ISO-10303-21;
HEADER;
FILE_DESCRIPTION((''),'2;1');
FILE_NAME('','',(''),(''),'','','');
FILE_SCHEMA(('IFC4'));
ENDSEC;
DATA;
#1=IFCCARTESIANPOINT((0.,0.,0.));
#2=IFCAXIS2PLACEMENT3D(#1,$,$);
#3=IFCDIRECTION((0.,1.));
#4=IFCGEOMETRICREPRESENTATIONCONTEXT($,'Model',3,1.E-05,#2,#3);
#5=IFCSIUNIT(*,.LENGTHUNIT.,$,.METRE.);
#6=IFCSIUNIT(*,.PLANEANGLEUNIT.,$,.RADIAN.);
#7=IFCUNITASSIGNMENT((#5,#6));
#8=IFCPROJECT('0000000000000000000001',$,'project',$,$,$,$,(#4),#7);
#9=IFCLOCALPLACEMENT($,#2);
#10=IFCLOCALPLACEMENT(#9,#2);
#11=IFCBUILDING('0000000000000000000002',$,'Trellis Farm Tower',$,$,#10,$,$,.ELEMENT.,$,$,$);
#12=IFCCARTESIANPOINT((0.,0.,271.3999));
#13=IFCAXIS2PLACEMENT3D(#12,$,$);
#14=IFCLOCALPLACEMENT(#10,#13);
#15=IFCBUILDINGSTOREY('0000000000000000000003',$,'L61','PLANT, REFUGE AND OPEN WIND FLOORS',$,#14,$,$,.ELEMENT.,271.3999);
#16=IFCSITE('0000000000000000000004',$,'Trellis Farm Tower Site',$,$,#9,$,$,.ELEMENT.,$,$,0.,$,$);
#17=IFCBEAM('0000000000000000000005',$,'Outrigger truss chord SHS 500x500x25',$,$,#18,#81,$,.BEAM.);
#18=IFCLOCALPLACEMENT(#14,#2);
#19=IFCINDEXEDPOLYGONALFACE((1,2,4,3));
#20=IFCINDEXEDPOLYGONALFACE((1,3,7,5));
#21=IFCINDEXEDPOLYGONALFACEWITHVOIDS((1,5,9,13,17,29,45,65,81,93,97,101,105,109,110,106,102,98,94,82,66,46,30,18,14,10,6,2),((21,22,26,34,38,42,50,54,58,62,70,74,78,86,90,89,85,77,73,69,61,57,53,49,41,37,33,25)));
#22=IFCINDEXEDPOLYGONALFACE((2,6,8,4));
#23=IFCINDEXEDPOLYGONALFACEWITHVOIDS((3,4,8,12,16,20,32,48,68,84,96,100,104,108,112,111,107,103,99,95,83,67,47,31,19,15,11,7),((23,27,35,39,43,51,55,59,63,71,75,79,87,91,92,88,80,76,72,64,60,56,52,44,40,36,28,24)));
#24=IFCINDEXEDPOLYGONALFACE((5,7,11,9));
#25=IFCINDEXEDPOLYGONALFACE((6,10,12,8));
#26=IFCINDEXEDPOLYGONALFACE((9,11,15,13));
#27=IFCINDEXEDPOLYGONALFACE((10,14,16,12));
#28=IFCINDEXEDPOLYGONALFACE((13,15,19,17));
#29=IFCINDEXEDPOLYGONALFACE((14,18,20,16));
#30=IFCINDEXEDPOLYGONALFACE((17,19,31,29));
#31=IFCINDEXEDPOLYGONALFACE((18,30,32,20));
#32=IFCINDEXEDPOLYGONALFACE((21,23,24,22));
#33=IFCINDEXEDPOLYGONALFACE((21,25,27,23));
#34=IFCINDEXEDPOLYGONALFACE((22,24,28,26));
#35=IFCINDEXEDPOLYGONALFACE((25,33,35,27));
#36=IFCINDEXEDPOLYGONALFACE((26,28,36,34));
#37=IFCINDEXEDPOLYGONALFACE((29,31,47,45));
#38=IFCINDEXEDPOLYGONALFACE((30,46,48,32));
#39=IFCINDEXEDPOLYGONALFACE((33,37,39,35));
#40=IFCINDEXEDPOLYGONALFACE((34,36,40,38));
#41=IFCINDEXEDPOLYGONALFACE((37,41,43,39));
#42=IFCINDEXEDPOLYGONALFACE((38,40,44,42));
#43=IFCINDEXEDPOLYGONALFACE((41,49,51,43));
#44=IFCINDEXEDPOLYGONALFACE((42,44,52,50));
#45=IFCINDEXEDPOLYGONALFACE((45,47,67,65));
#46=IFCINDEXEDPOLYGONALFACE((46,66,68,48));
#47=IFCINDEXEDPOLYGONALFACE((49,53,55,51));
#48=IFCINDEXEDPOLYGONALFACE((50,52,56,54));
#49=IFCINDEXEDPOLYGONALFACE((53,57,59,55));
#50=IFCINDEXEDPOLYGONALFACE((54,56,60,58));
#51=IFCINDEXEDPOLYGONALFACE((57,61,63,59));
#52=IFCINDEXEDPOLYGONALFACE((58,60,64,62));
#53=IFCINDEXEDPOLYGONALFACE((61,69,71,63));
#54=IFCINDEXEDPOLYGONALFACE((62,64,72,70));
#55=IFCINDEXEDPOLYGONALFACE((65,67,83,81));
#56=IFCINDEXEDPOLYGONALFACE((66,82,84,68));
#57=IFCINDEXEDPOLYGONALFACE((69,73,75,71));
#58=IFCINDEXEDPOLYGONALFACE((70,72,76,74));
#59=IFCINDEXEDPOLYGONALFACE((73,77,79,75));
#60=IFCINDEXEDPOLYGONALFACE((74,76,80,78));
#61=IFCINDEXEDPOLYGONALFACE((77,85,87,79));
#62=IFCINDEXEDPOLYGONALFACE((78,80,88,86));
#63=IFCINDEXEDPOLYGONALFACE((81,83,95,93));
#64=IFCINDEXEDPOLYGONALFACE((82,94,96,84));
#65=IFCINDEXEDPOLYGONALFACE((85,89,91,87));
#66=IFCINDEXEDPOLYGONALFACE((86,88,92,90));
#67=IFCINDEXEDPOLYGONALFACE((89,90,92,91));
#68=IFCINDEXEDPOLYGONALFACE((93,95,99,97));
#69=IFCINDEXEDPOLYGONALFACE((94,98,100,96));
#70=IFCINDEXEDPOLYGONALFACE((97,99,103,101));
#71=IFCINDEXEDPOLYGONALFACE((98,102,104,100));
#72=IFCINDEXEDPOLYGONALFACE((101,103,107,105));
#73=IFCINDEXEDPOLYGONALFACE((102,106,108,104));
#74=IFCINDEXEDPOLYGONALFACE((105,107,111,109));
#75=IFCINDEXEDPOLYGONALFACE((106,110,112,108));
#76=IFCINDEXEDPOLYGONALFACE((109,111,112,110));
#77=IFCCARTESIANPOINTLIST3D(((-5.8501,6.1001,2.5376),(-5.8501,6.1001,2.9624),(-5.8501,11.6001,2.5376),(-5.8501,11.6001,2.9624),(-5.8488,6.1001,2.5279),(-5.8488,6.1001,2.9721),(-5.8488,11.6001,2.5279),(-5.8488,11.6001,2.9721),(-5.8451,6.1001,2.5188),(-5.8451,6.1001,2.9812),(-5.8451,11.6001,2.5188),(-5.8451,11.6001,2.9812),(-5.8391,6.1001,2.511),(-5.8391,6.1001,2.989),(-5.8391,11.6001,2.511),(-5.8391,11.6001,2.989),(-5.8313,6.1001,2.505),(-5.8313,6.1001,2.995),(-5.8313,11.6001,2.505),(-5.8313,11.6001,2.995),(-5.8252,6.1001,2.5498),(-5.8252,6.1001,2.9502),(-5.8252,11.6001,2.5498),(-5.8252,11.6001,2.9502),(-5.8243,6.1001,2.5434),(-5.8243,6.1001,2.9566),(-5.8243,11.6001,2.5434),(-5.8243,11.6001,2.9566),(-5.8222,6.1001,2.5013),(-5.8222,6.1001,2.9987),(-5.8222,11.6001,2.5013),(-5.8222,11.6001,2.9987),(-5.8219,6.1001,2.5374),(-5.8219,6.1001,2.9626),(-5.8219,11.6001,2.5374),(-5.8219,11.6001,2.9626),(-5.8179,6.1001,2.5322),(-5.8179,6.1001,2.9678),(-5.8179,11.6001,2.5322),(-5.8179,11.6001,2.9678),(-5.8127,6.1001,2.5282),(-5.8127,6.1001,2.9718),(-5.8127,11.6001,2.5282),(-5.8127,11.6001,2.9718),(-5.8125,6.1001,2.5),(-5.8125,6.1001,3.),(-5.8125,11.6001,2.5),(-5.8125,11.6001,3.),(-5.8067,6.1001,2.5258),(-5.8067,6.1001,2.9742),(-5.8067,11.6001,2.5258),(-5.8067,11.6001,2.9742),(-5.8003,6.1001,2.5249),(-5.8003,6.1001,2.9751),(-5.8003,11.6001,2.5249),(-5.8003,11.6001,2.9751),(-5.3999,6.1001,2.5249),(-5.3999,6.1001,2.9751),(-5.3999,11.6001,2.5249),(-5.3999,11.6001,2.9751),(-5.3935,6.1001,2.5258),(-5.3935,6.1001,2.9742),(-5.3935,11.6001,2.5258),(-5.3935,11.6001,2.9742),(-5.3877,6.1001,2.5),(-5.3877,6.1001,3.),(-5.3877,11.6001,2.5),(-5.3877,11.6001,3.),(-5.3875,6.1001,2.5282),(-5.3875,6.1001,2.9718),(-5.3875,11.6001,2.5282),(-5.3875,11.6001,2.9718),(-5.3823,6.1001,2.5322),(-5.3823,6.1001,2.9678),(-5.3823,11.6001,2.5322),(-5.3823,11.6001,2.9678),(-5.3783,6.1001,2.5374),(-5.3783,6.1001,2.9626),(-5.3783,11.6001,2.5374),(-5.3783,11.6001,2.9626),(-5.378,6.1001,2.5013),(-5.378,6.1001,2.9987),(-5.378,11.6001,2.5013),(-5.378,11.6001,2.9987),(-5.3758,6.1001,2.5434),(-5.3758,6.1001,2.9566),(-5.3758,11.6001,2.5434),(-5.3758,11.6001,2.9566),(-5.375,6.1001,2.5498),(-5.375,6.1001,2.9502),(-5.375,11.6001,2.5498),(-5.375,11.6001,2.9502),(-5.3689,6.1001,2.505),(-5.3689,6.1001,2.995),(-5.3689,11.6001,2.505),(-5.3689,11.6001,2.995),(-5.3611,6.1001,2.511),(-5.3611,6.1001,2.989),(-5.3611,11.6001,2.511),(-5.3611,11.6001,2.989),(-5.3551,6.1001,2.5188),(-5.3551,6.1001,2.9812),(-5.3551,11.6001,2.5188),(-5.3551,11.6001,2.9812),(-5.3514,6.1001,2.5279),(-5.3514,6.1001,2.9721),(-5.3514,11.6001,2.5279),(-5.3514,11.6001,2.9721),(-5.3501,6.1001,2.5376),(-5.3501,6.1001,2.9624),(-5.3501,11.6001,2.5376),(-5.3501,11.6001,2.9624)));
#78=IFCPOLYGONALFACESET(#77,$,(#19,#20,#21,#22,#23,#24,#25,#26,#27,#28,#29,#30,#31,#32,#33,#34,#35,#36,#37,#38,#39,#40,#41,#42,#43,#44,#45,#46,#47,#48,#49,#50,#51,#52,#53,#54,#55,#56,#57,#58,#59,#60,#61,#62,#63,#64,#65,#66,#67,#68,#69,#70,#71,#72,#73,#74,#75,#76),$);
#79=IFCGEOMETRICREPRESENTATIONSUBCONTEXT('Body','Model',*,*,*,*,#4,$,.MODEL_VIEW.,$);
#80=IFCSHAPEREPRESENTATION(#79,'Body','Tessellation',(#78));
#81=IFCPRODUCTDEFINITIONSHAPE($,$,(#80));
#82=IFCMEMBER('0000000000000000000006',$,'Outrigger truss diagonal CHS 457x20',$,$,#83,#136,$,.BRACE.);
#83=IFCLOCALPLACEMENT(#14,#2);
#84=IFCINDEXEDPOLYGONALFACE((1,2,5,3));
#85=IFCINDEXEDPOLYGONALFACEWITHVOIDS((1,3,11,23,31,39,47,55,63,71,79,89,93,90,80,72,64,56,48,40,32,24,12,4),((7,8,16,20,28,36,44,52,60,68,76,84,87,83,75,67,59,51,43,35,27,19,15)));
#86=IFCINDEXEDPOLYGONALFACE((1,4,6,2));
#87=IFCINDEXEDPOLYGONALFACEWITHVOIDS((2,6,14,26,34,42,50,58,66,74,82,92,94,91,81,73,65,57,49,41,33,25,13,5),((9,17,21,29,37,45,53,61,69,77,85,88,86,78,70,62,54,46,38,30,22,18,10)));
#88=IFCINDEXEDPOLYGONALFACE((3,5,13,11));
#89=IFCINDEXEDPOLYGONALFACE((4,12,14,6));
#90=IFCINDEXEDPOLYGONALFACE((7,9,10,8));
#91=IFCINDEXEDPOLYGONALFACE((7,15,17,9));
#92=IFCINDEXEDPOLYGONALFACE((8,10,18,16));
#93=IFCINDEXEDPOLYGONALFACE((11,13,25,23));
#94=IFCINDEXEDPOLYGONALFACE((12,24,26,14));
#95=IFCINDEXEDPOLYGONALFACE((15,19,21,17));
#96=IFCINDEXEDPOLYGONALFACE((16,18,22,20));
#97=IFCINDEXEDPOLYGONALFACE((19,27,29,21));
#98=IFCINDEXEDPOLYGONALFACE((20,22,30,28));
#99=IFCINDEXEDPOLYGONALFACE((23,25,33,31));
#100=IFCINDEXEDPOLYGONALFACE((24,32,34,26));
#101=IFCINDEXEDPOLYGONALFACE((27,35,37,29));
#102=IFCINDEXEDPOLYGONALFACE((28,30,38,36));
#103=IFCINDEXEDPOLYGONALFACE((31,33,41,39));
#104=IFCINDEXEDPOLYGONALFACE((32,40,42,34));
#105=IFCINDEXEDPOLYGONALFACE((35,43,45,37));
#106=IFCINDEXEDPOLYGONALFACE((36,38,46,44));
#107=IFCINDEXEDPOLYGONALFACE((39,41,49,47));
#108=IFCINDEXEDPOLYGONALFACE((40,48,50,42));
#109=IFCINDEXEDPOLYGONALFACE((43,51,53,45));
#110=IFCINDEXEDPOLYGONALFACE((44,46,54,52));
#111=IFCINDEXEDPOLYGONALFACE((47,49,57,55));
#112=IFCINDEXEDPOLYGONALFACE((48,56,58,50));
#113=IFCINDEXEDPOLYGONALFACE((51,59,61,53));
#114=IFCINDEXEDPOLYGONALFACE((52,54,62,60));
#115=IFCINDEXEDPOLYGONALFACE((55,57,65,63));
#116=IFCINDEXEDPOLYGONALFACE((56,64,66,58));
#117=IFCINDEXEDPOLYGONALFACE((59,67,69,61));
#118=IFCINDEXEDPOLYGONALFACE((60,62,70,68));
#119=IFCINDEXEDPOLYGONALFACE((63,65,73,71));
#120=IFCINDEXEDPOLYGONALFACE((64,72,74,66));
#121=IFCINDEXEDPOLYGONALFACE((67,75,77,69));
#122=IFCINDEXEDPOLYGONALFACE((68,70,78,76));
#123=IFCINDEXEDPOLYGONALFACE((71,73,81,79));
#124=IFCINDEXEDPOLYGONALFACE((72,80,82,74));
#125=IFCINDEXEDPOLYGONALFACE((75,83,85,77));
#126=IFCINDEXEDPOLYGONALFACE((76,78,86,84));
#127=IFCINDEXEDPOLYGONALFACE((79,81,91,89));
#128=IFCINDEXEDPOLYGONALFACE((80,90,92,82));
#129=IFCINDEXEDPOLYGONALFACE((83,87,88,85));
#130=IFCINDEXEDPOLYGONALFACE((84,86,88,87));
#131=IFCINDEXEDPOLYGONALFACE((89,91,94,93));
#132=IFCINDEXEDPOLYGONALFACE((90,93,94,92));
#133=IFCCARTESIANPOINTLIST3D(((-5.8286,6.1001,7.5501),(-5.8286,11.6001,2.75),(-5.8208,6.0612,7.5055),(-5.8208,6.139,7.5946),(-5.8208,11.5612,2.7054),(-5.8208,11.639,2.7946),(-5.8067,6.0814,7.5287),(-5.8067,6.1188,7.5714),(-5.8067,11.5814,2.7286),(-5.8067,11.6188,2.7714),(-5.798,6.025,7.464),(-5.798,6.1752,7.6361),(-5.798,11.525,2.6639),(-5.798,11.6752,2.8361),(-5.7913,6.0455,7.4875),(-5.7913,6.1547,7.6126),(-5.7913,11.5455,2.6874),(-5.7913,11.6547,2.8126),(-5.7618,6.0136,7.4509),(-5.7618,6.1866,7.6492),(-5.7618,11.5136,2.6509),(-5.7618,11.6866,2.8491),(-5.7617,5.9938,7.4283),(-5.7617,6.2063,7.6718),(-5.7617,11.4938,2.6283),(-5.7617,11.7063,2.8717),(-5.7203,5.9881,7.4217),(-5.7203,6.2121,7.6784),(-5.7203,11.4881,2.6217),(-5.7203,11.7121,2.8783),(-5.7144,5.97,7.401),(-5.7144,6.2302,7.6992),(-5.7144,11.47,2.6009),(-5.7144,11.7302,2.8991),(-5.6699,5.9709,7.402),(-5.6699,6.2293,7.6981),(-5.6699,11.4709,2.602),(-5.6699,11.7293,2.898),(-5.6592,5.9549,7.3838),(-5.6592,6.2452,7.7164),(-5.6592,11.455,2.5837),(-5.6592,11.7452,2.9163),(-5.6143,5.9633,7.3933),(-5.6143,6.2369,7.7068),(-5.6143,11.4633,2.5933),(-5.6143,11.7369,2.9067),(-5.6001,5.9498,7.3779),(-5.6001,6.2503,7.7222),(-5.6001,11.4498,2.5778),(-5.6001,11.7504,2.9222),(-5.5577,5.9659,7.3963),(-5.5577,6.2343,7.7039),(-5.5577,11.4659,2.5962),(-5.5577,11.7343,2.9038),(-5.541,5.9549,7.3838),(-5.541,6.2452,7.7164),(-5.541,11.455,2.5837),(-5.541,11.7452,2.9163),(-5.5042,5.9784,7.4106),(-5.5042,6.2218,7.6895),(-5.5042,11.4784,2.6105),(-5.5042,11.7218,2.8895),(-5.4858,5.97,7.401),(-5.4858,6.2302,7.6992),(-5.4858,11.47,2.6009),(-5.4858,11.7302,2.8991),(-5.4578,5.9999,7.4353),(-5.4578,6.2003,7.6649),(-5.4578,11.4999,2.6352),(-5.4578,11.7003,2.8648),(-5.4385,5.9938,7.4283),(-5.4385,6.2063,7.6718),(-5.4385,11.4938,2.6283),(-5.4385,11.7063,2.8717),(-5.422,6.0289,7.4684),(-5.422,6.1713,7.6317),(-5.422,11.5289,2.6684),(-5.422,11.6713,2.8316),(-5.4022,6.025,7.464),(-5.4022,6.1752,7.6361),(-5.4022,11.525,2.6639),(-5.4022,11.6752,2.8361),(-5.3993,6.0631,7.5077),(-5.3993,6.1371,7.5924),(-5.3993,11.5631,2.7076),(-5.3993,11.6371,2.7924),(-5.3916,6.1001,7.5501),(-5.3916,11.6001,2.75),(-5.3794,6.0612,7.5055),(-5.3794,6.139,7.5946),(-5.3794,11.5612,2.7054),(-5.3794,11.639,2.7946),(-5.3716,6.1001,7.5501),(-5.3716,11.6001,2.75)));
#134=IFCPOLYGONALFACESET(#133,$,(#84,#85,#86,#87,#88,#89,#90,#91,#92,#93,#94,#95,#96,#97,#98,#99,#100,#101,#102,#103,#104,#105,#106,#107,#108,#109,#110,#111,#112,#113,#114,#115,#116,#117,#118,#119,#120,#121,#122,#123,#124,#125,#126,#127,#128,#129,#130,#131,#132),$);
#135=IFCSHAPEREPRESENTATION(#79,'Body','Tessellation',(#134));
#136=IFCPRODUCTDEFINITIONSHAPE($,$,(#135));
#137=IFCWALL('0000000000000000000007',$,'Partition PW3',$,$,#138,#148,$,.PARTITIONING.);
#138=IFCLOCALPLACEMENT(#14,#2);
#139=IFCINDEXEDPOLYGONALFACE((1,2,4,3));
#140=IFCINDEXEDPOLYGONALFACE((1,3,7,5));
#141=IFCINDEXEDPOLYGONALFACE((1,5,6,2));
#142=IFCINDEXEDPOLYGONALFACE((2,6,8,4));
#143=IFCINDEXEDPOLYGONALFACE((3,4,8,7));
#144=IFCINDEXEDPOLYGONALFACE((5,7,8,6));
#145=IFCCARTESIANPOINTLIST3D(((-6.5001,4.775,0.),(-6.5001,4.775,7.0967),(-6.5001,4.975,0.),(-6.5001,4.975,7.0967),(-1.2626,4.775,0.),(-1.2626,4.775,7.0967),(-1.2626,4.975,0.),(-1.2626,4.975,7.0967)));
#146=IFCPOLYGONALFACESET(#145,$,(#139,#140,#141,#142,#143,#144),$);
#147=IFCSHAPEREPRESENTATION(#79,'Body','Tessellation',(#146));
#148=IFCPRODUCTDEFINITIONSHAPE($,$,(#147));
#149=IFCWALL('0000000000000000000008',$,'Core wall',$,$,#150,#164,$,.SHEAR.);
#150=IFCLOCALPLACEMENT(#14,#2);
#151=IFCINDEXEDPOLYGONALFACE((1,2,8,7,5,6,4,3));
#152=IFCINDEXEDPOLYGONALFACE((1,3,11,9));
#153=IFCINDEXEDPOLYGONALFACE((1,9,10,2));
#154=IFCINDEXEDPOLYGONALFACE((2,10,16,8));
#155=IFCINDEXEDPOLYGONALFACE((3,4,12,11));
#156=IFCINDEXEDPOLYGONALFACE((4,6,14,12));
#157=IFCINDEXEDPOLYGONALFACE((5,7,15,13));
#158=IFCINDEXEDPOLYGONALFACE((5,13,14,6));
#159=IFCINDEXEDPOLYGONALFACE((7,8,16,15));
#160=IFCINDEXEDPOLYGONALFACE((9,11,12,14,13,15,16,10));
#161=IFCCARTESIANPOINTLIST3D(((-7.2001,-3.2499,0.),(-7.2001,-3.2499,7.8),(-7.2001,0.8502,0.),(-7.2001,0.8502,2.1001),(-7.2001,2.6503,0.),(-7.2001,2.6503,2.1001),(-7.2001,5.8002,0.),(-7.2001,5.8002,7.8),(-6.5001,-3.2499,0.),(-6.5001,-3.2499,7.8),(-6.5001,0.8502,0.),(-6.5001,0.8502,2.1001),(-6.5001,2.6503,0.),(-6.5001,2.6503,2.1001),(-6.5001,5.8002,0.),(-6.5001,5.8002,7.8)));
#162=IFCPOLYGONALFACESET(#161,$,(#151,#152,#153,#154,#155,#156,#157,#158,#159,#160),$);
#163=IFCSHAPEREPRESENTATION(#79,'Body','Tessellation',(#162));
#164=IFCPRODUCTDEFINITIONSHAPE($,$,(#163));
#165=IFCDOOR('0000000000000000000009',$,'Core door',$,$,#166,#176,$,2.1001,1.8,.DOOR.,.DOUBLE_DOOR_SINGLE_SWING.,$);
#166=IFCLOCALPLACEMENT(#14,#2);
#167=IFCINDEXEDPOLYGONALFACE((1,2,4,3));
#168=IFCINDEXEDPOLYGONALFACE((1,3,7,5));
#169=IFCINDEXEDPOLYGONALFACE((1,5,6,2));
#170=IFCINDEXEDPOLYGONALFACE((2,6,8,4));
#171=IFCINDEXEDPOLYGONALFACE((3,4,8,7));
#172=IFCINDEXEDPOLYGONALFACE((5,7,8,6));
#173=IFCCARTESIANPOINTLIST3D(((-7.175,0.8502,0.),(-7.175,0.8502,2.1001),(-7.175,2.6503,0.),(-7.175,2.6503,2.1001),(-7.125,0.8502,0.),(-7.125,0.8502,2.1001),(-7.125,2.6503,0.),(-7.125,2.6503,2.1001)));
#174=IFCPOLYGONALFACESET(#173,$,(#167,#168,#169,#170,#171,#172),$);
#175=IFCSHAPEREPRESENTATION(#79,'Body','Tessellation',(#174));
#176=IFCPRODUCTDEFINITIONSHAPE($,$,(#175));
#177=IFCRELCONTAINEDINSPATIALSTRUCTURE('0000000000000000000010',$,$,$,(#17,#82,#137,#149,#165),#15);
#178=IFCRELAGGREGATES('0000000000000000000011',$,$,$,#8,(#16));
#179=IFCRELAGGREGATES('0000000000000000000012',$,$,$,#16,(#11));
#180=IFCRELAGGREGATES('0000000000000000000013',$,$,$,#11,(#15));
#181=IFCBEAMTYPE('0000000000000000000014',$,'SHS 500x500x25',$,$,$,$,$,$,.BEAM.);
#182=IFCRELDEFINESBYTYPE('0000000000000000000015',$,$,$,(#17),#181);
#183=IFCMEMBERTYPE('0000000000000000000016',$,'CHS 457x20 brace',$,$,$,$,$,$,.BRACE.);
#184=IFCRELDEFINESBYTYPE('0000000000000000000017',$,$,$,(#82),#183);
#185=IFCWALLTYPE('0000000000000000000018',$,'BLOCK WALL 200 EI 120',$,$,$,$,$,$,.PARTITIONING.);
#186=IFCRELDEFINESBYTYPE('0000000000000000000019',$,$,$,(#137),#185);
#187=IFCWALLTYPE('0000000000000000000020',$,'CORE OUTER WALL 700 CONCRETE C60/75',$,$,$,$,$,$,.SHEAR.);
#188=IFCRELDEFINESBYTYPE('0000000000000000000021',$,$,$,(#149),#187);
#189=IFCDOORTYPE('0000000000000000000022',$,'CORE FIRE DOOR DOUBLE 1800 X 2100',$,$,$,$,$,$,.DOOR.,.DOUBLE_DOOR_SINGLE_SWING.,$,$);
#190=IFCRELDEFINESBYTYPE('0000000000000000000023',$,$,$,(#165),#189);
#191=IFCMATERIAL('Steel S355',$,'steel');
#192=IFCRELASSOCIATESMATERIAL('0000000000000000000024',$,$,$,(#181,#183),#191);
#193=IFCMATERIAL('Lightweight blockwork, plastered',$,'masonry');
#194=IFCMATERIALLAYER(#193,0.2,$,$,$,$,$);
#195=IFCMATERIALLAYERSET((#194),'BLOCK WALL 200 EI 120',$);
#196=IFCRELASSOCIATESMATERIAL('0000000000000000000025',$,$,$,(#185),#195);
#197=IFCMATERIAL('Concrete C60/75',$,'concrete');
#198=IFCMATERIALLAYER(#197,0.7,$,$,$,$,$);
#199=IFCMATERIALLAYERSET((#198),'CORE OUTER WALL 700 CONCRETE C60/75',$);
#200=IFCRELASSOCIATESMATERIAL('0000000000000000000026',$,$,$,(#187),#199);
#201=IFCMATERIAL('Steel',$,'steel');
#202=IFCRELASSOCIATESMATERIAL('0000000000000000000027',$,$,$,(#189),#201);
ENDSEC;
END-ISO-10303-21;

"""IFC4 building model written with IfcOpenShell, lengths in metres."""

from ifc_helpers import new_model, si_unit, direction, frame, frame_2d, origin, origin_2d, place, context, subcontext, project, spatial, rectangle, hollow_rectangle, hollow_circle, extrude, source, transform, mapped, material, layer, layer_set, material_profile, profile_set, type_object, element, fill, save


model = new_model("IFC4")

# Units and contexts
model_context = context("Model", 3, precision=1e-05, world=origin(), true_north=direction((0.0, 1.0)))
body_context = subcontext(model_context, "Body", "Model", "MODEL_VIEW")
ifc_project = project(units=[si_unit("LENGTHUNIT", "METRE"), si_unit("PLANEANGLEUNIT", "RADIAN")], contexts=[model_context])

# Site, building, storey
site_placement = place(None, origin())
site = spatial("IfcSite", under=ifc_project, at=site_placement, Name="Trellis Farm Tower Site", CompositionType="ELEMENT", RefElevation=0.0)
building_placement = place(site_placement, origin())
building = spatial("IfcBuilding", under=site, at=building_placement, Name="Trellis Farm Tower", CompositionType="ELEMENT")
storey_placement = place(building_placement, frame((0.0, 0.0, 271.3999)))
storey = spatial("IfcBuildingStorey", under=building, at=storey_placement, Name="L61", Description="PLANT, REFUGE AND OPEN WIND FLOORS", CompositionType="ELEMENT", Elevation=271.3999)

# Shared definitions
ifc_material_1 = material(Name="Concrete C60/75", Category="concrete")

# Beam
ifc_material_2 = material(Name="Steel S355", Category="steel")
ifc_material_profile_1 = material_profile(ifc_material_2, hollow_rectangle(XDim=0.5, YDim=0.5, WallThickness=0.0249, InnerFilletRadius=0.0249, OuterFilletRadius=0.0376, at=origin_2d()), Name="SHS 500x500x25")
ifc_profile_set_1 = profile_set([ifc_material_profile_1], Name="Steel S355")
beam_type_1 = type_object("IfcBeamType", Name="SHS 500x500x25", PredefinedType="BEAM", material=ifc_profile_set_1)
shared_shape_1 = source(origin(), body_context, "Body", "SweptSolid", [
    extrude(hollow_rectangle(XDim=0.5, YDim=0.5, WallThickness=0.0249, InnerFilletRadius=0.0249, OuterFilletRadius=0.0376, at=origin_2d()), origin(), (0.0, 0.0, 1.0), 5.5),
])
beam_1_placement = place(storey_placement, frame((-5.6001, 6.1001, 2.75), z_axis=(0.0, 1.0, 0.0), x_axis=(-1.0, 0.0, 0.0)))
element("IfcBeam", 1, at=beam_1_placement, inside=storey, type_object=beam_type_1, Name="Outrigger truss chord SHS 500x500x25", PredefinedType="BEAM", context=body_context, shape_type="MappedRepresentation", body=[
    mapped(shared_shape_1, transform((0.0, 0.0, 0.0))),
])

# Member
ifc_material_profile_2 = material_profile(ifc_material_2, hollow_circle(Radius=0.2285, WallThickness=0.02, at=origin_2d()), Name="CHS 457x20")
ifc_profile_set_2 = profile_set([ifc_material_profile_2], Name="Steel S355")
member_type = type_object("IfcMemberType", Name="CHS 457x20 brace", PredefinedType="BRACE", material=ifc_profile_set_2)
shared_shape_2 = source(origin(), body_context, "Body", "SweptSolid", [
    extrude(hollow_circle(Radius=0.2285, WallThickness=0.02, at=origin_2d()), origin(), (0.0, 0.0, 1.0), 7.3),
])
member_placement = place(storey_placement, frame((-5.6001, 11.6001, 2.75), z_axis=(0.0, -0.753421, 0.657538), x_axis=(1.0, 0.0, 0.0)))
element("IfcMember", 2, at=member_placement, inside=storey, type_object=member_type, Name="Outrigger truss diagonal CHS 457x20", PredefinedType="BRACE", context=body_context, shape_type="MappedRepresentation", body=[
    mapped(shared_shape_2, transform((0.0, 0.0, 0.0))),
])

# Wall
ifc_material_3 = material(Name="Lightweight blockwork, plastered", Category="masonry")
ifc_layer_1 = layer(ifc_material_3, 0.2)
ifc_layer_set_1 = layer_set([ifc_layer_1], Name="BLOCK WALL 200 EI 120")
wall_type_1 = type_object("IfcWallType", Name="BLOCK WALL 200 EI 120", PredefinedType="PARTITIONING", material=ifc_layer_set_1)
wall_1_placement = place(storey_placement, frame((-6.5, 4.875, 0.0), z_axis=(0.0, 0.0, 1.0), x_axis=(1.0, 0.0, 0.0)))
element("IfcWall", 3, at=wall_1_placement, inside=storey, type_object=wall_type_1, Name="Partition PW3", PredefinedType="PARTITIONING", context=body_context, shape_type="SweptSolid", body=[
    extrude(rectangle(XDim=5.2375, YDim=0.2, at=frame_2d((2.6187, 0.0))), origin(), (0.0, 0.0, 1.0), 7.0967),
])

# Wall, opening, door
ifc_layer_2 = layer(ifc_material_1, 0.7)
ifc_layer_set_2 = layer_set([ifc_layer_2], Name="CORE OUTER WALL 700 CONCRETE C60/75")
wall_type_2 = type_object("IfcWallType", Name="CORE OUTER WALL 700 CONCRETE C60/75", PredefinedType="SHEAR", material=ifc_layer_set_2)
shared_shape_3 = source(origin(), body_context, "Body", "SweptSolid", [
    extrude(rectangle(XDim=9.05, YDim=0.7, at=frame_2d((4.5249, 0.0))), origin(), (0.0, 0.0, 1.0), 7.8),
])
wall_2_placement = place(storey_placement, frame((-6.8501, 5.8, 0.0), z_axis=(0.0, 0.0, 1.0), x_axis=(0.0, -1.0, 0.0)))
wall_2 = element("IfcWall", 4, at=wall_2_placement, inside=storey, type_object=wall_type_2, Name="Core wall", PredefinedType="SHEAR", context=body_context, shape_type="MappedRepresentation", body=[
    mapped(shared_shape_3, transform((0.0, 0.0, 0.0))),
])
shared_shape_4 = source(origin(), body_context, "Body", "SweptSolid", [
    extrude(rectangle(XDim=1.8, YDim=2.1001, at=frame_2d((0.8999, 1.05))), frame((0.0, 0.3601, 0.0), z_axis=(0.0, -1.0, 0.0), x_axis=(1.0, 0.0, 0.0)), (0.0, 0.0, 1.0), 0.7202),
])
opening_1_placement = place(wall_2_placement, frame((3.1499, 0.0, 0.0)))
opening_1 = element("IfcOpeningElement", 5, at=opening_1_placement, cuts=wall_2, PredefinedType="OPENING", context=body_context, shape_type="MappedRepresentation", body=[
    mapped(shared_shape_4, transform((0.0, 0.0, 0.0))),
])
ifc_material_4 = material(Name="Steel", Category="steel")
door_type_1 = type_object("IfcDoorType", Name="CORE FIRE DOOR DOUBLE 1800 X 2100", OperationType="DOUBLE_DOOR_SINGLE_SWING", PredefinedType="DOOR", material=ifc_material_4)
shared_shape_5 = source(origin(), body_context, "Body", "SweptSolid", [
    extrude(rectangle(XDim=1.8, YDim=2.1001, at=frame_2d((0.8999, 1.05))), frame((0.0, -0.2749, 0.0), z_axis=(0.0, -1.0, 0.0), x_axis=(1.0, 0.0, 0.0)), (0.0, 0.0, 1.0), 0.05),
])
door_1_placement = place(opening_1_placement, origin())
door_1 = element("IfcDoor", 6, at=door_1_placement, inside=storey, type_object=door_type_1, Name="Core door", OperationType="DOUBLE_DOOR_SINGLE_SWING", OverallHeight=2.1001, OverallWidth=1.8, PredefinedType="DOOR", context=body_context, shape_type="MappedRepresentation", body=[
    mapped(shared_shape_5, transform((0.0, 0.0, 0.0))),
])
fill(opening_1, door_1)

save(model, "model.ifc")
